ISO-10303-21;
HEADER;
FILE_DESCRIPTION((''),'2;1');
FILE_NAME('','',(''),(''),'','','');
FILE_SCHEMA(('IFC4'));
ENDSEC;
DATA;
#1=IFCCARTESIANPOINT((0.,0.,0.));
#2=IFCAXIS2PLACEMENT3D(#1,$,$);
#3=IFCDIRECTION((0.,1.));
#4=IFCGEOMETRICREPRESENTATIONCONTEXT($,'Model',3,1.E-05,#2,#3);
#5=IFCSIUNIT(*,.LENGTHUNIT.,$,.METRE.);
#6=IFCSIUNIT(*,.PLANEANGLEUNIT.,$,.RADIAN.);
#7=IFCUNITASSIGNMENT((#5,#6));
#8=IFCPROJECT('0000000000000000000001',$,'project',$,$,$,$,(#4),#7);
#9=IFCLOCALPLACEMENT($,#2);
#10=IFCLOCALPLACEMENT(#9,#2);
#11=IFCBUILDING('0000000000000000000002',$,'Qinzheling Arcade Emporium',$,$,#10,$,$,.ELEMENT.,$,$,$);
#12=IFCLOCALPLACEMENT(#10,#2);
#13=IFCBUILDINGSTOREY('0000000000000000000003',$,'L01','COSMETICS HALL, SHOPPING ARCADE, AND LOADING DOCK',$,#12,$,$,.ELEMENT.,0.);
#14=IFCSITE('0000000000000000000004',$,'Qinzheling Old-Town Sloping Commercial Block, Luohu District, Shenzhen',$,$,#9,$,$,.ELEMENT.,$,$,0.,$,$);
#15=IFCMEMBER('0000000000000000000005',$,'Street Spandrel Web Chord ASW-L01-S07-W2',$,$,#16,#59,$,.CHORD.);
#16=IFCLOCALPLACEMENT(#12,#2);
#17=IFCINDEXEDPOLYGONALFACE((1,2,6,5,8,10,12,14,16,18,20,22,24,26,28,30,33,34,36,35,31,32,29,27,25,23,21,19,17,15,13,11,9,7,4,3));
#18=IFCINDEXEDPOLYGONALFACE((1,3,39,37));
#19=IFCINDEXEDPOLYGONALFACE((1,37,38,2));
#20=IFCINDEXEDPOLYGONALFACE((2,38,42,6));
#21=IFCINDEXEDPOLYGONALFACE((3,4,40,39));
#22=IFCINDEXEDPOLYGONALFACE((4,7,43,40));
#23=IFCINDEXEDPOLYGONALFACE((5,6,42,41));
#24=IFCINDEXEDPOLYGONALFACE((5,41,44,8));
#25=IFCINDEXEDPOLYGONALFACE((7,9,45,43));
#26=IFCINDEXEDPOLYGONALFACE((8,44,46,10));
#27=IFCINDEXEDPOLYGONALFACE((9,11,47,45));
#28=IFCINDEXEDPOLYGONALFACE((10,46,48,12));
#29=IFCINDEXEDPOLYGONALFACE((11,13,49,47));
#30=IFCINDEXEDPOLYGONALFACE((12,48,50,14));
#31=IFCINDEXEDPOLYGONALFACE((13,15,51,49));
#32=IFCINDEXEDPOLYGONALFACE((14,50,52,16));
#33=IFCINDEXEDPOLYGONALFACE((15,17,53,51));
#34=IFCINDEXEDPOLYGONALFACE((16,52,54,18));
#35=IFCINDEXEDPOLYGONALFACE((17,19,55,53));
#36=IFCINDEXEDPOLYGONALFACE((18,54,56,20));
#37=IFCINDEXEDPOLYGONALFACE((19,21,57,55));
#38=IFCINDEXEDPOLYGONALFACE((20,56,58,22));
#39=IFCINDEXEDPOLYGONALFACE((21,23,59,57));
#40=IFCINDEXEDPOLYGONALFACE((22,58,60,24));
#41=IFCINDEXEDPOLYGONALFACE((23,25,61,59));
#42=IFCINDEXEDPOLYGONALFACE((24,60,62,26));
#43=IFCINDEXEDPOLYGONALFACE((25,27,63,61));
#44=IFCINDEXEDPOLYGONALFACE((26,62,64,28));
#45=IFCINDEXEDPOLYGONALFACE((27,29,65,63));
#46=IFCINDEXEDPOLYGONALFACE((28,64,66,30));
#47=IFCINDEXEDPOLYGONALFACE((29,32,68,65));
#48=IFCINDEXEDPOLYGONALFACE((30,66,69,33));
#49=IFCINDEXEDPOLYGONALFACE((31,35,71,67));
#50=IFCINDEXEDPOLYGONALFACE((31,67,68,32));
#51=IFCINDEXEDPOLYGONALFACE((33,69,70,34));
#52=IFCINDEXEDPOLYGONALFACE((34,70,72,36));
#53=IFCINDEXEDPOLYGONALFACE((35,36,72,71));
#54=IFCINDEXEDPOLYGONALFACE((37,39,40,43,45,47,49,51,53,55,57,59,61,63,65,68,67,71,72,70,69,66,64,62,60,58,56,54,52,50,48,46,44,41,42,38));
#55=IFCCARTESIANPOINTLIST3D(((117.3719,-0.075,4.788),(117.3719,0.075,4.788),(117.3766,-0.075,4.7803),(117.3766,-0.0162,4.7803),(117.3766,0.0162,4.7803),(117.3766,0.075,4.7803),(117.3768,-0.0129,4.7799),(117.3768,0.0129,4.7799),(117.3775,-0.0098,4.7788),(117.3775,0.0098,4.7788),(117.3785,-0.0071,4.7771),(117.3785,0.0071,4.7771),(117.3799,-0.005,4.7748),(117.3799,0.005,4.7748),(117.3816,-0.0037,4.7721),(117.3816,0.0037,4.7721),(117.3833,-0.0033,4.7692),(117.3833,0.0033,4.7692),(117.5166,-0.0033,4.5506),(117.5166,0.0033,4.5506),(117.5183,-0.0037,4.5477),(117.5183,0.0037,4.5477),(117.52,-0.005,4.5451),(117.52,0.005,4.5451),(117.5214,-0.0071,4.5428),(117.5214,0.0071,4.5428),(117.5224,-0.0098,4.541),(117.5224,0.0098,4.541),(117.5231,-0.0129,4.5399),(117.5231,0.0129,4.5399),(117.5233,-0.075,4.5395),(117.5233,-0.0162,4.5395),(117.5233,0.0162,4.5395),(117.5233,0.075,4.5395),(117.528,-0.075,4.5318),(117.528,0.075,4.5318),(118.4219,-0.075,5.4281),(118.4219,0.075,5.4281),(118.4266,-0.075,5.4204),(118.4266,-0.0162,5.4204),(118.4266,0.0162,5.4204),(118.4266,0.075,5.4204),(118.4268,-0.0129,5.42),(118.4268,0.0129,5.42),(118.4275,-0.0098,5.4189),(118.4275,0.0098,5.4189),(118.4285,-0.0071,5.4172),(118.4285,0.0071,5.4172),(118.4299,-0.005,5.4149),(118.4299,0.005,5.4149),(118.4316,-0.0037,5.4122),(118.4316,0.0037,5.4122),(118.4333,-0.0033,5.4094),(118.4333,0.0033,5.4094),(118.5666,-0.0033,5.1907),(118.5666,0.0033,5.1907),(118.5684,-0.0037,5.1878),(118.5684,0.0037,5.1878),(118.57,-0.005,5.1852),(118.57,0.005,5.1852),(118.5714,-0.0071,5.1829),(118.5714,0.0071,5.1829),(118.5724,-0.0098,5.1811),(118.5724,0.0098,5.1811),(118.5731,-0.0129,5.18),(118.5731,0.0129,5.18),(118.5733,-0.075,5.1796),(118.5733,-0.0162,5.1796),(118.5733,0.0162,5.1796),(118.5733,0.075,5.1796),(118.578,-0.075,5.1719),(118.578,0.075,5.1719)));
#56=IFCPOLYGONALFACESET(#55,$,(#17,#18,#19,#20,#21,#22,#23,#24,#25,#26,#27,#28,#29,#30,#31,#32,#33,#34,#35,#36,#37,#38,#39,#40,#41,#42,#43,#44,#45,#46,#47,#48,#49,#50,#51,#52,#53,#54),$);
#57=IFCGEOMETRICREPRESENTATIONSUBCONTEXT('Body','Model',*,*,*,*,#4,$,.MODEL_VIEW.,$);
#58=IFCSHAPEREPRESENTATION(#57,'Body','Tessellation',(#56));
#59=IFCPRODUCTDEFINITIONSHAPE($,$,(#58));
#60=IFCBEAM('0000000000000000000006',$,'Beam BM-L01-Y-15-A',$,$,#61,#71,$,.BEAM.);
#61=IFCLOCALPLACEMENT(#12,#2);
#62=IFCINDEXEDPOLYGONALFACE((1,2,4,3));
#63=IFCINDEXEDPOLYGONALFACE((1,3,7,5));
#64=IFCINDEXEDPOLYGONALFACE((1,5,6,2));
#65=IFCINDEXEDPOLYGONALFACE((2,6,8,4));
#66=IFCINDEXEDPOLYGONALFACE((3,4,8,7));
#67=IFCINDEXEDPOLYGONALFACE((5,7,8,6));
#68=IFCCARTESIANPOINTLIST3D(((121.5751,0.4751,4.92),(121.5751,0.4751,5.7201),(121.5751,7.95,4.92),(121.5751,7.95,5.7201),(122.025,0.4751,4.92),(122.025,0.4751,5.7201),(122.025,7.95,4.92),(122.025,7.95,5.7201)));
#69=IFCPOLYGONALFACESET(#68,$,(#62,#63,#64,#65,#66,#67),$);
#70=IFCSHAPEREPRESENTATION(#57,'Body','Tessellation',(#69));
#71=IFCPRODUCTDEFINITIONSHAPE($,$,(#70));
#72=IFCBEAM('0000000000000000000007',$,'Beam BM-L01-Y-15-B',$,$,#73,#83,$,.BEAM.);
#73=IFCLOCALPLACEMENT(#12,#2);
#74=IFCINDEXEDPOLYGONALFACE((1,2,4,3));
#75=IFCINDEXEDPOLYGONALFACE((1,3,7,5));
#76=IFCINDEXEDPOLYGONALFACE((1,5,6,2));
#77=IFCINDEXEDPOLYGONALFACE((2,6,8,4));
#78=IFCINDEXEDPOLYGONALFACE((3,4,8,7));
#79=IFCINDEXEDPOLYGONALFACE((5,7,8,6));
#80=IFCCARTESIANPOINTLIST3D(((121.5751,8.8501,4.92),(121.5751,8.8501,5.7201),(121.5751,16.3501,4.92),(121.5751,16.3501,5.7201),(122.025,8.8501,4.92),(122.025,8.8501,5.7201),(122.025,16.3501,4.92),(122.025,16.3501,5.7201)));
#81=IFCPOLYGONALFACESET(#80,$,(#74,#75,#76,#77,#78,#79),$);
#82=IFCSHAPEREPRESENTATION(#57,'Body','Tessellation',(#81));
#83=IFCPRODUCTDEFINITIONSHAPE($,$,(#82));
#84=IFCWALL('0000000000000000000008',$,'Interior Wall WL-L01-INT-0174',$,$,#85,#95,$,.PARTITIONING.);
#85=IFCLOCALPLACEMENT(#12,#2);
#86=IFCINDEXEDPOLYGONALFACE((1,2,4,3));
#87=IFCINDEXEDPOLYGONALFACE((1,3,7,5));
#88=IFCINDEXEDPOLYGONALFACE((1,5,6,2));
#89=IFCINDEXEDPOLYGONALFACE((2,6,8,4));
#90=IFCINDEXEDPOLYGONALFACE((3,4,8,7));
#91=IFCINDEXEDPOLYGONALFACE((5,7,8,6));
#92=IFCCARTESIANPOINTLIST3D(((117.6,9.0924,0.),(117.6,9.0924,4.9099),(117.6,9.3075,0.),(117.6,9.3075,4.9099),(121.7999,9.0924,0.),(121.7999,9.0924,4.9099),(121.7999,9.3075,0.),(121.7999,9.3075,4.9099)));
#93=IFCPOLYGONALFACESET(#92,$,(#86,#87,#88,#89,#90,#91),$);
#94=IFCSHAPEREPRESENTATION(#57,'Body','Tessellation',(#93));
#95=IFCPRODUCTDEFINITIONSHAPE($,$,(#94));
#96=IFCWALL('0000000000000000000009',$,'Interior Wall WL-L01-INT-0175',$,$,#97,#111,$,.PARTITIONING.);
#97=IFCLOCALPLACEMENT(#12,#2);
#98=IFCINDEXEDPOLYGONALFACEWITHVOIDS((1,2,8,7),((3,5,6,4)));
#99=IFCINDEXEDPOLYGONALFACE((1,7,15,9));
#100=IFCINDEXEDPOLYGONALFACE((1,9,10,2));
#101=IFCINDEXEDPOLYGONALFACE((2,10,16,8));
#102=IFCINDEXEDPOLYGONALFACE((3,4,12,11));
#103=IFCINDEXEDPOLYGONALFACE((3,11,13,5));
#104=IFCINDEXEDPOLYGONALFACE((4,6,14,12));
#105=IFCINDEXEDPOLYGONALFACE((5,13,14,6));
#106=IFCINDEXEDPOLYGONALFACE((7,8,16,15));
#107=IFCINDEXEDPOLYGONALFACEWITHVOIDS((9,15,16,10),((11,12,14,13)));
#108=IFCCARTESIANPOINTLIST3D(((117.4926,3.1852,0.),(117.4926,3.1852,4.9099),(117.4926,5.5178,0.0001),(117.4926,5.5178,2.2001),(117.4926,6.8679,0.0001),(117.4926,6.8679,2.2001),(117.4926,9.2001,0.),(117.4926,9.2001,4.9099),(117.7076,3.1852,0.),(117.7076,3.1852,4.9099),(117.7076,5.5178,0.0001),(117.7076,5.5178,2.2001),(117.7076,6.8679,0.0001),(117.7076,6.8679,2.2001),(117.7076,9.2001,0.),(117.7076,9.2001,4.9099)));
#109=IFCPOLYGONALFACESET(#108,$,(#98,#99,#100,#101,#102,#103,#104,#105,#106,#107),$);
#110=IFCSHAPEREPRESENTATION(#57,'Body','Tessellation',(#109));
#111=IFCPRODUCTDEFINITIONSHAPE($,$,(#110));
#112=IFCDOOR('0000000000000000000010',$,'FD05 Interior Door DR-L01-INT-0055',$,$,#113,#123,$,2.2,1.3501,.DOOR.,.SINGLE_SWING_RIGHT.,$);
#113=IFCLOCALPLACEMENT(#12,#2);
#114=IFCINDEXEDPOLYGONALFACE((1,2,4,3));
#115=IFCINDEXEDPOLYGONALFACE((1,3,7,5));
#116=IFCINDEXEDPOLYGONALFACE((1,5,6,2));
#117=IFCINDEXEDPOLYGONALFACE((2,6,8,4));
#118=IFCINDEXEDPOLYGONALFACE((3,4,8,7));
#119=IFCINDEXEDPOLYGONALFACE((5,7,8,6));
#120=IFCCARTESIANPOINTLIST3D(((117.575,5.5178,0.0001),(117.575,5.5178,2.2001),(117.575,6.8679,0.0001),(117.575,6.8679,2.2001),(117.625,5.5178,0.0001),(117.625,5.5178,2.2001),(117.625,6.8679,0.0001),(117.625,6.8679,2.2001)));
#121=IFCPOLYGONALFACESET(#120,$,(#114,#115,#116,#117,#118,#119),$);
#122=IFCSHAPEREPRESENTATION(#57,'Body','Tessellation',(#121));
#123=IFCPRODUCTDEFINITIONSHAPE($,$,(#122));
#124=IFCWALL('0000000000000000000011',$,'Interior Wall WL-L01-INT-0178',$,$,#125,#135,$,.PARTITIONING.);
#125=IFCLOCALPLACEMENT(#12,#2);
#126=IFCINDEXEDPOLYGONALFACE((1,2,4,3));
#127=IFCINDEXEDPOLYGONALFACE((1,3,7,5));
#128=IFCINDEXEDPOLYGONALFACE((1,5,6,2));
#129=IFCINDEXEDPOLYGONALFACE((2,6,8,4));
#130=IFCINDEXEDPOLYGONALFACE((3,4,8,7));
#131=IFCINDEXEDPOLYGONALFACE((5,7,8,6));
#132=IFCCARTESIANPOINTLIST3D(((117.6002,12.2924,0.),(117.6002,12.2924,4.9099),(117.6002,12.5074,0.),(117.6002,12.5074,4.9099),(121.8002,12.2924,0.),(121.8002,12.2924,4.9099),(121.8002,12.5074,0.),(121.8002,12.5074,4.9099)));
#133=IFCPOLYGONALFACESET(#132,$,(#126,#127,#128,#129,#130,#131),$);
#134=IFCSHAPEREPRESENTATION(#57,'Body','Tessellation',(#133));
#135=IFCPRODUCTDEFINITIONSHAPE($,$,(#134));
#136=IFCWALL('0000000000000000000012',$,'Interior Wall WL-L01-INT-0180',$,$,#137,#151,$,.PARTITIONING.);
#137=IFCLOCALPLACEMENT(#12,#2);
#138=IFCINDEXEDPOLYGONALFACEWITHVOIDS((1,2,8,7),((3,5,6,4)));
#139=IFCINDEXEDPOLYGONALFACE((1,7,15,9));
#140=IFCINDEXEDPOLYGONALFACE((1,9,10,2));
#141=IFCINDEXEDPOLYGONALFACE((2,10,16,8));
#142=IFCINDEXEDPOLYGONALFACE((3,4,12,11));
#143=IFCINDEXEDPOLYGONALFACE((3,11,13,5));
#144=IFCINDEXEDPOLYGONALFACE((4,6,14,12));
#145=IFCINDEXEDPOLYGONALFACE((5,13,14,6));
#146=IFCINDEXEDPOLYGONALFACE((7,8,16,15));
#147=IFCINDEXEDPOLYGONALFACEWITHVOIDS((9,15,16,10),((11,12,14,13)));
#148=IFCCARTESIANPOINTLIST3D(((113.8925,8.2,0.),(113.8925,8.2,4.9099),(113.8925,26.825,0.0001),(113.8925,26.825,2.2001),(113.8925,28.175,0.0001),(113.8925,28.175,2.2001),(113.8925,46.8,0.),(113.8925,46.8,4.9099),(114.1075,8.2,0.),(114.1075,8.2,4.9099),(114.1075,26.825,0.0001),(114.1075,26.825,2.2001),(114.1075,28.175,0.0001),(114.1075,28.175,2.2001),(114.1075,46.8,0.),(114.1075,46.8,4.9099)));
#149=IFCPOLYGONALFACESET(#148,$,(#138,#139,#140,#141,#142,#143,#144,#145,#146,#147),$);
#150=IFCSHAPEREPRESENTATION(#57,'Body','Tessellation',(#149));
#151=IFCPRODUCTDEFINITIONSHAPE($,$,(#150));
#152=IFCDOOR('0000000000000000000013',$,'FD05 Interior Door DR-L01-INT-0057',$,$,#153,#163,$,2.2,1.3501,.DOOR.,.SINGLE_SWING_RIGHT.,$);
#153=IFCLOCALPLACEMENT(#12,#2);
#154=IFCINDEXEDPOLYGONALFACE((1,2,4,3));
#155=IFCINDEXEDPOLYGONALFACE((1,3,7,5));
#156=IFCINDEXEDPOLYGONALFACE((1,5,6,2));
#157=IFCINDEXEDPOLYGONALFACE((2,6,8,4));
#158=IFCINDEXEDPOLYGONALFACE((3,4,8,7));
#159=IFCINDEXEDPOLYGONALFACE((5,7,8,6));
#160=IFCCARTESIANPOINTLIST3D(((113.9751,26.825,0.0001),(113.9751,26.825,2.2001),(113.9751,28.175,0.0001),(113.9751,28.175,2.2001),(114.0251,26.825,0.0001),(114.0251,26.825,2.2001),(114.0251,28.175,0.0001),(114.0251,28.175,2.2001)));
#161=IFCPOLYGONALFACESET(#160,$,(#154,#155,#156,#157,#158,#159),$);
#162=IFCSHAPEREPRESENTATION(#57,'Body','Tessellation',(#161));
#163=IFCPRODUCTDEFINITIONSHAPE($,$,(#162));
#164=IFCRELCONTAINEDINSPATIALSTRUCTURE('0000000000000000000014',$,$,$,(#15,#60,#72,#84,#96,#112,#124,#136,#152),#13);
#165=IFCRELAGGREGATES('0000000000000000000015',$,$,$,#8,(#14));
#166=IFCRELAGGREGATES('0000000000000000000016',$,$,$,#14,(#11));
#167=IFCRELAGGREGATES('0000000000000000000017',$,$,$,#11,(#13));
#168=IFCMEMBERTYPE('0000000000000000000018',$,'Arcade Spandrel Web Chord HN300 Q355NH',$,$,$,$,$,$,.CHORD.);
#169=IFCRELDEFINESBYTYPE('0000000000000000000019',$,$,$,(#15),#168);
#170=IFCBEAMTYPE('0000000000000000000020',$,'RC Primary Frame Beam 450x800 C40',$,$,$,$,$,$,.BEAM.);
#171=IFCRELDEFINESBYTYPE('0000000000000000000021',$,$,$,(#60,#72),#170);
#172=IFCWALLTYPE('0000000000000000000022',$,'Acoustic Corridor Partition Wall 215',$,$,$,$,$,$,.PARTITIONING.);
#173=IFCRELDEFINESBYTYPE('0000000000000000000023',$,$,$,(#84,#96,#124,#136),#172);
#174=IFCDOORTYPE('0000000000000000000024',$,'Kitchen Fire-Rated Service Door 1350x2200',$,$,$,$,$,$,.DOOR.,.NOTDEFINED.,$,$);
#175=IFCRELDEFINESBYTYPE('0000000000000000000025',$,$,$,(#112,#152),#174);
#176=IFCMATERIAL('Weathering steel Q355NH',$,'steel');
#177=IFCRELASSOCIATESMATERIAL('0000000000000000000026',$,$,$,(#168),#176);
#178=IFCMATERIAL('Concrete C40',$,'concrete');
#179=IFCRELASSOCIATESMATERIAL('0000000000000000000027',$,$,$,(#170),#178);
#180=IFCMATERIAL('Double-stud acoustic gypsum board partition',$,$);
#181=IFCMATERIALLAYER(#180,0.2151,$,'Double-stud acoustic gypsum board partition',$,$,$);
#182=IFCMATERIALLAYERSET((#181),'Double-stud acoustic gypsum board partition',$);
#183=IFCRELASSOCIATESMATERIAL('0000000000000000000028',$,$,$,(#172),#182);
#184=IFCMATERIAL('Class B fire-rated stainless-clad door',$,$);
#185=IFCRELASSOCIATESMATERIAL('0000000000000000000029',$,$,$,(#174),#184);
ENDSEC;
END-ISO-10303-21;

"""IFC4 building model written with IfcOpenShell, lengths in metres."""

from ifc_helpers import new_model, si_unit, direction, frame, frame_2d, origin, origin_2d, place, context, subcontext, project, spatial, rectangle, i_section, extrude, material, layer, layer_set, material_profile, profile_set, type_object, element, fill, save


model = new_model("IFC4")

# Units and contexts
model_context = context("Model", 3, precision=1e-05, world=origin(), true_north=direction((0.0, 1.0)))
body_context = subcontext(model_context, "Body", "Model", "MODEL_VIEW")
ifc_project = project(units=[si_unit("LENGTHUNIT", "METRE"), si_unit("PLANEANGLEUNIT", "RADIAN")], contexts=[model_context])

# Site, building, storey
site_placement = place(None, origin())
site = spatial("IfcSite", under=ifc_project, at=site_placement, Name="Qinzheling Old-Town Sloping Commercial Block, Luohu District, Shenzhen", CompositionType="ELEMENT", RefElevation=0.0)
building_placement = place(site_placement, origin())
building = spatial("IfcBuilding", under=site, at=building_placement, Name="Qinzheling Arcade Emporium", CompositionType="ELEMENT")
storey_placement = place(building_placement, origin())
storey = spatial("IfcBuildingStorey", under=building, at=storey_placement, Name="L01", Description="COSMETICS HALL, SHOPPING ARCADE, AND LOADING DOCK", CompositionType="ELEMENT", Elevation=0.0)

# Shared definitions
ifc_material_1 = material(Name="Weathering steel Q355NH", Category="steel")

# Member
ifc_material_profile_1 = material_profile(ifc_material_1, i_section(OverallWidth=0.1499, OverallDepth=0.3, WebThickness=0.0066, FlangeThickness=0.009, FilletRadius=0.0129, at=origin_2d()), Name="HN 300x150x6.5x9", Category="steel")
ifc_profile_set_1 = profile_set([ifc_material_profile_1], Name="Weathering steel Q355NH")
member_type = type_object("IfcMemberType", Name="Arcade Spandrel Web Chord HN300 Q355NH", PredefinedType="CHORD", material=ifc_profile_set_1)
for number, where, z_axis, x_axis, name in (
    (1, (117.45, 0.0, 4.6599), (0.853846, 0.0, 0.520526), (0.0, 1.0, 0.0), "Street Spandrel Web Chord ASW-L01-S07-W2"),
):
    element("IfcMember", number, at=place(storey_placement, frame(where, z_axis=z_axis, x_axis=x_axis)), inside=storey, type_object=member_type, Name=name, PredefinedType="CHORD", context=body_context, shape_type="SweptSolid", body=[
        extrude(i_section(OverallWidth=0.1499, OverallDepth=0.3, WebThickness=0.0066, FlangeThickness=0.009, FilletRadius=0.0129, at=origin_2d()), origin(), (0.0, 0.0, 1.0), 1.2297),
    ])

# Beams
ifc_material_2 = material(Name="Concrete C40", Category="concrete")
ifc_material_profile_2 = material_profile(ifc_material_2, rectangle(XDim=0.45, YDim=0.8, at=origin_2d()), Name="RC 450x800", Category="concrete")
ifc_profile_set_2 = profile_set([ifc_material_profile_2], Name="Concrete C40")
beam_type_1 = type_object("IfcBeamType", Name="RC Primary Frame Beam 450x800 C40", PredefinedType="BEAM", material=ifc_profile_set_2)
beam_1_placement = place(storey_placement, frame((121.8, 0.4751, 5.3201), z_axis=(0.0, 1.0, 0.0), x_axis=(-1.0, 0.0, 0.0)))
element("IfcBeam", 2, at=beam_1_placement, inside=storey, type_object=beam_type_1, Name="Beam BM-L01-Y-15-A", PredefinedType="BEAM", context=body_context, shape_type="SweptSolid", body=[
    extrude(rectangle(XDim=0.45, YDim=0.8, at=origin_2d()), origin(), (0.0, 0.0, 1.0), 7.4749),
])
beam_2_placement = place(storey_placement, frame((121.8, 8.8501, 5.3201), z_axis=(0.0, 1.0, 0.0), x_axis=(-1.0, 0.0, 0.0)))
element("IfcBeam", 3, at=beam_2_placement, inside=storey, type_object=beam_type_1, Name="Beam BM-L01-Y-15-B", PredefinedType="BEAM", context=body_context, shape_type="SweptSolid", body=[
    extrude(rectangle(XDim=0.45, YDim=0.8, at=origin_2d()), origin(), (0.0, 0.0, 1.0), 7.5),
])

# Wall
ifc_material_3 = material(Name="Double-stud acoustic gypsum board partition")
ifc_layer_1 = layer(ifc_material_3, 0.2151, Name="Double-stud acoustic gypsum board partition")
ifc_layer_set_1 = layer_set([ifc_layer_1], Name="Double-stud acoustic gypsum board partition")
wall_type_1 = type_object("IfcWallType", Name="Acoustic Corridor Partition Wall 215", PredefinedType="PARTITIONING", material=ifc_layer_set_1)
wall_1_placement = place(storey_placement, frame((121.8, 9.2, 0.0), z_axis=(0.0, 0.0, 1.0), x_axis=(-1.0, 0.0, 0.0)))
element("IfcWall", 4, at=wall_1_placement, inside=storey, type_object=wall_type_1, Name="Interior Wall WL-L01-INT-0174", PredefinedType="PARTITIONING", context=body_context, shape_type="SweptSolid", body=[
    extrude(rectangle(XDim=4.2, YDim=0.2151, at=frame_2d((2.1001, 0.0))), origin(), (0.0, 0.0, 1.0), 4.9099),
])

# Wall, opening, door
wall_2_placement = place(storey_placement, frame((117.6001, 9.2, 0.0), z_axis=(0.0, 0.0, 1.0), x_axis=(0.0, -1.0, 0.0)))
wall_2 = element("IfcWall", 5, at=wall_2_placement, inside=storey, type_object=wall_type_1, Name="Interior Wall WL-L01-INT-0175", PredefinedType="PARTITIONING", context=body_context, shape_type="SweptSolid", body=[
    extrude(rectangle(XDim=6.0149, YDim=0.2151, at=frame_2d((3.0073, 0.0))), origin(), (0.0, 0.0, 1.0), 4.9099),
])
opening_1_placement = place(wall_2_placement, frame((2.332, 0.0, 0.0)))
opening_1 = element("IfcOpeningElement", 6, at=opening_1_placement, cuts=wall_2, PredefinedType="OPENING", context=body_context, shape_type="SweptSolid", body=[
    extrude(rectangle(XDim=1.3501, YDim=2.2, at=frame_2d((0.675, 1.1001))), frame((0.0, 0.1177, 0.0), z_axis=(0.0, -1.0, 0.0), x_axis=(1.0, 0.0, 0.0)), (0.0, 0.0, 1.0), 0.2351),
])
ifc_material_4 = material(Name="Class B fire-rated stainless-clad door")
door_type_1 = type_object("IfcDoorType", Name="Kitchen Fire-Rated Service Door 1350x2200", OperationType="NOTDEFINED", PredefinedType="DOOR", material=ifc_material_4)
door_1_placement = place(opening_1_placement, origin())
door_1 = element("IfcDoor", 7, at=door_1_placement, inside=storey, type_object=door_type_1, Name="FD05 Interior Door DR-L01-INT-0055", OperationType="SINGLE_SWING_RIGHT", OverallHeight=2.2, OverallWidth=1.3501, PredefinedType="DOOR", context=body_context, shape_type="SweptSolid", body=[
    extrude(rectangle(XDim=1.3501, YDim=2.2, at=frame_2d((0.675, 1.1001))), frame((0.0, 0.0249, 0.0), z_axis=(0.0, -1.0, 0.0), x_axis=(1.0, 0.0, 0.0)), (0.0, 0.0, 1.0), 0.05),
])
fill(opening_1, door_1)

# Wall
wall_3_placement = place(storey_placement, frame((117.6001, 12.3999, 0.0), z_axis=(0.0, 0.0, 1.0), x_axis=(1.0, 0.0, 0.0)))
element("IfcWall", 8, at=wall_3_placement, inside=storey, type_object=wall_type_1, Name="Interior Wall WL-L01-INT-0178", PredefinedType="PARTITIONING", context=body_context, shape_type="SweptSolid", body=[
    extrude(rectangle(XDim=4.2, YDim=0.2151, at=frame_2d((2.1001, 0.0))), origin(), (0.0, 0.0, 1.0), 4.9099),
])

# Wall, opening, door
wall_4_placement = place(storey_placement, frame((114.0, 8.2, 0.0), z_axis=(0.0, 0.0, 1.0), x_axis=(0.0, 1.0, 0.0)))
wall_4 = element("IfcWall", 9, at=wall_4_placement, inside=storey, type_object=wall_type_1, Name="Interior Wall WL-L01-INT-0180", PredefinedType="PARTITIONING", context=body_context, shape_type="SweptSolid", body=[
    extrude(rectangle(XDim=38.6001, YDim=0.2151, at=frame_2d((19.3, 0.0))), origin(), (0.0, 0.0, 1.0), 4.9099),
])
opening_2_placement = place(wall_4_placement, frame((18.625, 0.0, 0.0)))
opening_2 = element("IfcOpeningElement", 10, at=opening_2_placement, cuts=wall_4, PredefinedType="OPENING", context=body_context, shape_type="SweptSolid", body=[
    extrude(rectangle(XDim=1.3501, YDim=2.2, at=frame_2d((0.675, 1.1001))), frame((0.0, 0.1177, 0.0), z_axis=(0.0, -1.0, 0.0), x_axis=(1.0, 0.0, 0.0)), (0.0, 0.0, 1.0), 0.2351),
])
door_2_placement = place(opening_2_placement, origin())
door_2 = element("IfcDoor", 11, at=door_2_placement, inside=storey, type_object=door_type_1, Name="FD05 Interior Door DR-L01-INT-0057", OperationType="SINGLE_SWING_RIGHT", OverallHeight=2.2, OverallWidth=1.3501, PredefinedType="DOOR", context=body_context, shape_type="SweptSolid", body=[
    extrude(rectangle(XDim=1.3501, YDim=2.2, at=frame_2d((0.675, 1.1001))), frame((0.0, 0.0249, 0.0), z_axis=(0.0, -1.0, 0.0), x_axis=(1.0, 0.0, 0.0)), (0.0, 0.0, 1.0), 0.05),
])
fill(opening_2, door_2)

save(model, "model.ifc")
